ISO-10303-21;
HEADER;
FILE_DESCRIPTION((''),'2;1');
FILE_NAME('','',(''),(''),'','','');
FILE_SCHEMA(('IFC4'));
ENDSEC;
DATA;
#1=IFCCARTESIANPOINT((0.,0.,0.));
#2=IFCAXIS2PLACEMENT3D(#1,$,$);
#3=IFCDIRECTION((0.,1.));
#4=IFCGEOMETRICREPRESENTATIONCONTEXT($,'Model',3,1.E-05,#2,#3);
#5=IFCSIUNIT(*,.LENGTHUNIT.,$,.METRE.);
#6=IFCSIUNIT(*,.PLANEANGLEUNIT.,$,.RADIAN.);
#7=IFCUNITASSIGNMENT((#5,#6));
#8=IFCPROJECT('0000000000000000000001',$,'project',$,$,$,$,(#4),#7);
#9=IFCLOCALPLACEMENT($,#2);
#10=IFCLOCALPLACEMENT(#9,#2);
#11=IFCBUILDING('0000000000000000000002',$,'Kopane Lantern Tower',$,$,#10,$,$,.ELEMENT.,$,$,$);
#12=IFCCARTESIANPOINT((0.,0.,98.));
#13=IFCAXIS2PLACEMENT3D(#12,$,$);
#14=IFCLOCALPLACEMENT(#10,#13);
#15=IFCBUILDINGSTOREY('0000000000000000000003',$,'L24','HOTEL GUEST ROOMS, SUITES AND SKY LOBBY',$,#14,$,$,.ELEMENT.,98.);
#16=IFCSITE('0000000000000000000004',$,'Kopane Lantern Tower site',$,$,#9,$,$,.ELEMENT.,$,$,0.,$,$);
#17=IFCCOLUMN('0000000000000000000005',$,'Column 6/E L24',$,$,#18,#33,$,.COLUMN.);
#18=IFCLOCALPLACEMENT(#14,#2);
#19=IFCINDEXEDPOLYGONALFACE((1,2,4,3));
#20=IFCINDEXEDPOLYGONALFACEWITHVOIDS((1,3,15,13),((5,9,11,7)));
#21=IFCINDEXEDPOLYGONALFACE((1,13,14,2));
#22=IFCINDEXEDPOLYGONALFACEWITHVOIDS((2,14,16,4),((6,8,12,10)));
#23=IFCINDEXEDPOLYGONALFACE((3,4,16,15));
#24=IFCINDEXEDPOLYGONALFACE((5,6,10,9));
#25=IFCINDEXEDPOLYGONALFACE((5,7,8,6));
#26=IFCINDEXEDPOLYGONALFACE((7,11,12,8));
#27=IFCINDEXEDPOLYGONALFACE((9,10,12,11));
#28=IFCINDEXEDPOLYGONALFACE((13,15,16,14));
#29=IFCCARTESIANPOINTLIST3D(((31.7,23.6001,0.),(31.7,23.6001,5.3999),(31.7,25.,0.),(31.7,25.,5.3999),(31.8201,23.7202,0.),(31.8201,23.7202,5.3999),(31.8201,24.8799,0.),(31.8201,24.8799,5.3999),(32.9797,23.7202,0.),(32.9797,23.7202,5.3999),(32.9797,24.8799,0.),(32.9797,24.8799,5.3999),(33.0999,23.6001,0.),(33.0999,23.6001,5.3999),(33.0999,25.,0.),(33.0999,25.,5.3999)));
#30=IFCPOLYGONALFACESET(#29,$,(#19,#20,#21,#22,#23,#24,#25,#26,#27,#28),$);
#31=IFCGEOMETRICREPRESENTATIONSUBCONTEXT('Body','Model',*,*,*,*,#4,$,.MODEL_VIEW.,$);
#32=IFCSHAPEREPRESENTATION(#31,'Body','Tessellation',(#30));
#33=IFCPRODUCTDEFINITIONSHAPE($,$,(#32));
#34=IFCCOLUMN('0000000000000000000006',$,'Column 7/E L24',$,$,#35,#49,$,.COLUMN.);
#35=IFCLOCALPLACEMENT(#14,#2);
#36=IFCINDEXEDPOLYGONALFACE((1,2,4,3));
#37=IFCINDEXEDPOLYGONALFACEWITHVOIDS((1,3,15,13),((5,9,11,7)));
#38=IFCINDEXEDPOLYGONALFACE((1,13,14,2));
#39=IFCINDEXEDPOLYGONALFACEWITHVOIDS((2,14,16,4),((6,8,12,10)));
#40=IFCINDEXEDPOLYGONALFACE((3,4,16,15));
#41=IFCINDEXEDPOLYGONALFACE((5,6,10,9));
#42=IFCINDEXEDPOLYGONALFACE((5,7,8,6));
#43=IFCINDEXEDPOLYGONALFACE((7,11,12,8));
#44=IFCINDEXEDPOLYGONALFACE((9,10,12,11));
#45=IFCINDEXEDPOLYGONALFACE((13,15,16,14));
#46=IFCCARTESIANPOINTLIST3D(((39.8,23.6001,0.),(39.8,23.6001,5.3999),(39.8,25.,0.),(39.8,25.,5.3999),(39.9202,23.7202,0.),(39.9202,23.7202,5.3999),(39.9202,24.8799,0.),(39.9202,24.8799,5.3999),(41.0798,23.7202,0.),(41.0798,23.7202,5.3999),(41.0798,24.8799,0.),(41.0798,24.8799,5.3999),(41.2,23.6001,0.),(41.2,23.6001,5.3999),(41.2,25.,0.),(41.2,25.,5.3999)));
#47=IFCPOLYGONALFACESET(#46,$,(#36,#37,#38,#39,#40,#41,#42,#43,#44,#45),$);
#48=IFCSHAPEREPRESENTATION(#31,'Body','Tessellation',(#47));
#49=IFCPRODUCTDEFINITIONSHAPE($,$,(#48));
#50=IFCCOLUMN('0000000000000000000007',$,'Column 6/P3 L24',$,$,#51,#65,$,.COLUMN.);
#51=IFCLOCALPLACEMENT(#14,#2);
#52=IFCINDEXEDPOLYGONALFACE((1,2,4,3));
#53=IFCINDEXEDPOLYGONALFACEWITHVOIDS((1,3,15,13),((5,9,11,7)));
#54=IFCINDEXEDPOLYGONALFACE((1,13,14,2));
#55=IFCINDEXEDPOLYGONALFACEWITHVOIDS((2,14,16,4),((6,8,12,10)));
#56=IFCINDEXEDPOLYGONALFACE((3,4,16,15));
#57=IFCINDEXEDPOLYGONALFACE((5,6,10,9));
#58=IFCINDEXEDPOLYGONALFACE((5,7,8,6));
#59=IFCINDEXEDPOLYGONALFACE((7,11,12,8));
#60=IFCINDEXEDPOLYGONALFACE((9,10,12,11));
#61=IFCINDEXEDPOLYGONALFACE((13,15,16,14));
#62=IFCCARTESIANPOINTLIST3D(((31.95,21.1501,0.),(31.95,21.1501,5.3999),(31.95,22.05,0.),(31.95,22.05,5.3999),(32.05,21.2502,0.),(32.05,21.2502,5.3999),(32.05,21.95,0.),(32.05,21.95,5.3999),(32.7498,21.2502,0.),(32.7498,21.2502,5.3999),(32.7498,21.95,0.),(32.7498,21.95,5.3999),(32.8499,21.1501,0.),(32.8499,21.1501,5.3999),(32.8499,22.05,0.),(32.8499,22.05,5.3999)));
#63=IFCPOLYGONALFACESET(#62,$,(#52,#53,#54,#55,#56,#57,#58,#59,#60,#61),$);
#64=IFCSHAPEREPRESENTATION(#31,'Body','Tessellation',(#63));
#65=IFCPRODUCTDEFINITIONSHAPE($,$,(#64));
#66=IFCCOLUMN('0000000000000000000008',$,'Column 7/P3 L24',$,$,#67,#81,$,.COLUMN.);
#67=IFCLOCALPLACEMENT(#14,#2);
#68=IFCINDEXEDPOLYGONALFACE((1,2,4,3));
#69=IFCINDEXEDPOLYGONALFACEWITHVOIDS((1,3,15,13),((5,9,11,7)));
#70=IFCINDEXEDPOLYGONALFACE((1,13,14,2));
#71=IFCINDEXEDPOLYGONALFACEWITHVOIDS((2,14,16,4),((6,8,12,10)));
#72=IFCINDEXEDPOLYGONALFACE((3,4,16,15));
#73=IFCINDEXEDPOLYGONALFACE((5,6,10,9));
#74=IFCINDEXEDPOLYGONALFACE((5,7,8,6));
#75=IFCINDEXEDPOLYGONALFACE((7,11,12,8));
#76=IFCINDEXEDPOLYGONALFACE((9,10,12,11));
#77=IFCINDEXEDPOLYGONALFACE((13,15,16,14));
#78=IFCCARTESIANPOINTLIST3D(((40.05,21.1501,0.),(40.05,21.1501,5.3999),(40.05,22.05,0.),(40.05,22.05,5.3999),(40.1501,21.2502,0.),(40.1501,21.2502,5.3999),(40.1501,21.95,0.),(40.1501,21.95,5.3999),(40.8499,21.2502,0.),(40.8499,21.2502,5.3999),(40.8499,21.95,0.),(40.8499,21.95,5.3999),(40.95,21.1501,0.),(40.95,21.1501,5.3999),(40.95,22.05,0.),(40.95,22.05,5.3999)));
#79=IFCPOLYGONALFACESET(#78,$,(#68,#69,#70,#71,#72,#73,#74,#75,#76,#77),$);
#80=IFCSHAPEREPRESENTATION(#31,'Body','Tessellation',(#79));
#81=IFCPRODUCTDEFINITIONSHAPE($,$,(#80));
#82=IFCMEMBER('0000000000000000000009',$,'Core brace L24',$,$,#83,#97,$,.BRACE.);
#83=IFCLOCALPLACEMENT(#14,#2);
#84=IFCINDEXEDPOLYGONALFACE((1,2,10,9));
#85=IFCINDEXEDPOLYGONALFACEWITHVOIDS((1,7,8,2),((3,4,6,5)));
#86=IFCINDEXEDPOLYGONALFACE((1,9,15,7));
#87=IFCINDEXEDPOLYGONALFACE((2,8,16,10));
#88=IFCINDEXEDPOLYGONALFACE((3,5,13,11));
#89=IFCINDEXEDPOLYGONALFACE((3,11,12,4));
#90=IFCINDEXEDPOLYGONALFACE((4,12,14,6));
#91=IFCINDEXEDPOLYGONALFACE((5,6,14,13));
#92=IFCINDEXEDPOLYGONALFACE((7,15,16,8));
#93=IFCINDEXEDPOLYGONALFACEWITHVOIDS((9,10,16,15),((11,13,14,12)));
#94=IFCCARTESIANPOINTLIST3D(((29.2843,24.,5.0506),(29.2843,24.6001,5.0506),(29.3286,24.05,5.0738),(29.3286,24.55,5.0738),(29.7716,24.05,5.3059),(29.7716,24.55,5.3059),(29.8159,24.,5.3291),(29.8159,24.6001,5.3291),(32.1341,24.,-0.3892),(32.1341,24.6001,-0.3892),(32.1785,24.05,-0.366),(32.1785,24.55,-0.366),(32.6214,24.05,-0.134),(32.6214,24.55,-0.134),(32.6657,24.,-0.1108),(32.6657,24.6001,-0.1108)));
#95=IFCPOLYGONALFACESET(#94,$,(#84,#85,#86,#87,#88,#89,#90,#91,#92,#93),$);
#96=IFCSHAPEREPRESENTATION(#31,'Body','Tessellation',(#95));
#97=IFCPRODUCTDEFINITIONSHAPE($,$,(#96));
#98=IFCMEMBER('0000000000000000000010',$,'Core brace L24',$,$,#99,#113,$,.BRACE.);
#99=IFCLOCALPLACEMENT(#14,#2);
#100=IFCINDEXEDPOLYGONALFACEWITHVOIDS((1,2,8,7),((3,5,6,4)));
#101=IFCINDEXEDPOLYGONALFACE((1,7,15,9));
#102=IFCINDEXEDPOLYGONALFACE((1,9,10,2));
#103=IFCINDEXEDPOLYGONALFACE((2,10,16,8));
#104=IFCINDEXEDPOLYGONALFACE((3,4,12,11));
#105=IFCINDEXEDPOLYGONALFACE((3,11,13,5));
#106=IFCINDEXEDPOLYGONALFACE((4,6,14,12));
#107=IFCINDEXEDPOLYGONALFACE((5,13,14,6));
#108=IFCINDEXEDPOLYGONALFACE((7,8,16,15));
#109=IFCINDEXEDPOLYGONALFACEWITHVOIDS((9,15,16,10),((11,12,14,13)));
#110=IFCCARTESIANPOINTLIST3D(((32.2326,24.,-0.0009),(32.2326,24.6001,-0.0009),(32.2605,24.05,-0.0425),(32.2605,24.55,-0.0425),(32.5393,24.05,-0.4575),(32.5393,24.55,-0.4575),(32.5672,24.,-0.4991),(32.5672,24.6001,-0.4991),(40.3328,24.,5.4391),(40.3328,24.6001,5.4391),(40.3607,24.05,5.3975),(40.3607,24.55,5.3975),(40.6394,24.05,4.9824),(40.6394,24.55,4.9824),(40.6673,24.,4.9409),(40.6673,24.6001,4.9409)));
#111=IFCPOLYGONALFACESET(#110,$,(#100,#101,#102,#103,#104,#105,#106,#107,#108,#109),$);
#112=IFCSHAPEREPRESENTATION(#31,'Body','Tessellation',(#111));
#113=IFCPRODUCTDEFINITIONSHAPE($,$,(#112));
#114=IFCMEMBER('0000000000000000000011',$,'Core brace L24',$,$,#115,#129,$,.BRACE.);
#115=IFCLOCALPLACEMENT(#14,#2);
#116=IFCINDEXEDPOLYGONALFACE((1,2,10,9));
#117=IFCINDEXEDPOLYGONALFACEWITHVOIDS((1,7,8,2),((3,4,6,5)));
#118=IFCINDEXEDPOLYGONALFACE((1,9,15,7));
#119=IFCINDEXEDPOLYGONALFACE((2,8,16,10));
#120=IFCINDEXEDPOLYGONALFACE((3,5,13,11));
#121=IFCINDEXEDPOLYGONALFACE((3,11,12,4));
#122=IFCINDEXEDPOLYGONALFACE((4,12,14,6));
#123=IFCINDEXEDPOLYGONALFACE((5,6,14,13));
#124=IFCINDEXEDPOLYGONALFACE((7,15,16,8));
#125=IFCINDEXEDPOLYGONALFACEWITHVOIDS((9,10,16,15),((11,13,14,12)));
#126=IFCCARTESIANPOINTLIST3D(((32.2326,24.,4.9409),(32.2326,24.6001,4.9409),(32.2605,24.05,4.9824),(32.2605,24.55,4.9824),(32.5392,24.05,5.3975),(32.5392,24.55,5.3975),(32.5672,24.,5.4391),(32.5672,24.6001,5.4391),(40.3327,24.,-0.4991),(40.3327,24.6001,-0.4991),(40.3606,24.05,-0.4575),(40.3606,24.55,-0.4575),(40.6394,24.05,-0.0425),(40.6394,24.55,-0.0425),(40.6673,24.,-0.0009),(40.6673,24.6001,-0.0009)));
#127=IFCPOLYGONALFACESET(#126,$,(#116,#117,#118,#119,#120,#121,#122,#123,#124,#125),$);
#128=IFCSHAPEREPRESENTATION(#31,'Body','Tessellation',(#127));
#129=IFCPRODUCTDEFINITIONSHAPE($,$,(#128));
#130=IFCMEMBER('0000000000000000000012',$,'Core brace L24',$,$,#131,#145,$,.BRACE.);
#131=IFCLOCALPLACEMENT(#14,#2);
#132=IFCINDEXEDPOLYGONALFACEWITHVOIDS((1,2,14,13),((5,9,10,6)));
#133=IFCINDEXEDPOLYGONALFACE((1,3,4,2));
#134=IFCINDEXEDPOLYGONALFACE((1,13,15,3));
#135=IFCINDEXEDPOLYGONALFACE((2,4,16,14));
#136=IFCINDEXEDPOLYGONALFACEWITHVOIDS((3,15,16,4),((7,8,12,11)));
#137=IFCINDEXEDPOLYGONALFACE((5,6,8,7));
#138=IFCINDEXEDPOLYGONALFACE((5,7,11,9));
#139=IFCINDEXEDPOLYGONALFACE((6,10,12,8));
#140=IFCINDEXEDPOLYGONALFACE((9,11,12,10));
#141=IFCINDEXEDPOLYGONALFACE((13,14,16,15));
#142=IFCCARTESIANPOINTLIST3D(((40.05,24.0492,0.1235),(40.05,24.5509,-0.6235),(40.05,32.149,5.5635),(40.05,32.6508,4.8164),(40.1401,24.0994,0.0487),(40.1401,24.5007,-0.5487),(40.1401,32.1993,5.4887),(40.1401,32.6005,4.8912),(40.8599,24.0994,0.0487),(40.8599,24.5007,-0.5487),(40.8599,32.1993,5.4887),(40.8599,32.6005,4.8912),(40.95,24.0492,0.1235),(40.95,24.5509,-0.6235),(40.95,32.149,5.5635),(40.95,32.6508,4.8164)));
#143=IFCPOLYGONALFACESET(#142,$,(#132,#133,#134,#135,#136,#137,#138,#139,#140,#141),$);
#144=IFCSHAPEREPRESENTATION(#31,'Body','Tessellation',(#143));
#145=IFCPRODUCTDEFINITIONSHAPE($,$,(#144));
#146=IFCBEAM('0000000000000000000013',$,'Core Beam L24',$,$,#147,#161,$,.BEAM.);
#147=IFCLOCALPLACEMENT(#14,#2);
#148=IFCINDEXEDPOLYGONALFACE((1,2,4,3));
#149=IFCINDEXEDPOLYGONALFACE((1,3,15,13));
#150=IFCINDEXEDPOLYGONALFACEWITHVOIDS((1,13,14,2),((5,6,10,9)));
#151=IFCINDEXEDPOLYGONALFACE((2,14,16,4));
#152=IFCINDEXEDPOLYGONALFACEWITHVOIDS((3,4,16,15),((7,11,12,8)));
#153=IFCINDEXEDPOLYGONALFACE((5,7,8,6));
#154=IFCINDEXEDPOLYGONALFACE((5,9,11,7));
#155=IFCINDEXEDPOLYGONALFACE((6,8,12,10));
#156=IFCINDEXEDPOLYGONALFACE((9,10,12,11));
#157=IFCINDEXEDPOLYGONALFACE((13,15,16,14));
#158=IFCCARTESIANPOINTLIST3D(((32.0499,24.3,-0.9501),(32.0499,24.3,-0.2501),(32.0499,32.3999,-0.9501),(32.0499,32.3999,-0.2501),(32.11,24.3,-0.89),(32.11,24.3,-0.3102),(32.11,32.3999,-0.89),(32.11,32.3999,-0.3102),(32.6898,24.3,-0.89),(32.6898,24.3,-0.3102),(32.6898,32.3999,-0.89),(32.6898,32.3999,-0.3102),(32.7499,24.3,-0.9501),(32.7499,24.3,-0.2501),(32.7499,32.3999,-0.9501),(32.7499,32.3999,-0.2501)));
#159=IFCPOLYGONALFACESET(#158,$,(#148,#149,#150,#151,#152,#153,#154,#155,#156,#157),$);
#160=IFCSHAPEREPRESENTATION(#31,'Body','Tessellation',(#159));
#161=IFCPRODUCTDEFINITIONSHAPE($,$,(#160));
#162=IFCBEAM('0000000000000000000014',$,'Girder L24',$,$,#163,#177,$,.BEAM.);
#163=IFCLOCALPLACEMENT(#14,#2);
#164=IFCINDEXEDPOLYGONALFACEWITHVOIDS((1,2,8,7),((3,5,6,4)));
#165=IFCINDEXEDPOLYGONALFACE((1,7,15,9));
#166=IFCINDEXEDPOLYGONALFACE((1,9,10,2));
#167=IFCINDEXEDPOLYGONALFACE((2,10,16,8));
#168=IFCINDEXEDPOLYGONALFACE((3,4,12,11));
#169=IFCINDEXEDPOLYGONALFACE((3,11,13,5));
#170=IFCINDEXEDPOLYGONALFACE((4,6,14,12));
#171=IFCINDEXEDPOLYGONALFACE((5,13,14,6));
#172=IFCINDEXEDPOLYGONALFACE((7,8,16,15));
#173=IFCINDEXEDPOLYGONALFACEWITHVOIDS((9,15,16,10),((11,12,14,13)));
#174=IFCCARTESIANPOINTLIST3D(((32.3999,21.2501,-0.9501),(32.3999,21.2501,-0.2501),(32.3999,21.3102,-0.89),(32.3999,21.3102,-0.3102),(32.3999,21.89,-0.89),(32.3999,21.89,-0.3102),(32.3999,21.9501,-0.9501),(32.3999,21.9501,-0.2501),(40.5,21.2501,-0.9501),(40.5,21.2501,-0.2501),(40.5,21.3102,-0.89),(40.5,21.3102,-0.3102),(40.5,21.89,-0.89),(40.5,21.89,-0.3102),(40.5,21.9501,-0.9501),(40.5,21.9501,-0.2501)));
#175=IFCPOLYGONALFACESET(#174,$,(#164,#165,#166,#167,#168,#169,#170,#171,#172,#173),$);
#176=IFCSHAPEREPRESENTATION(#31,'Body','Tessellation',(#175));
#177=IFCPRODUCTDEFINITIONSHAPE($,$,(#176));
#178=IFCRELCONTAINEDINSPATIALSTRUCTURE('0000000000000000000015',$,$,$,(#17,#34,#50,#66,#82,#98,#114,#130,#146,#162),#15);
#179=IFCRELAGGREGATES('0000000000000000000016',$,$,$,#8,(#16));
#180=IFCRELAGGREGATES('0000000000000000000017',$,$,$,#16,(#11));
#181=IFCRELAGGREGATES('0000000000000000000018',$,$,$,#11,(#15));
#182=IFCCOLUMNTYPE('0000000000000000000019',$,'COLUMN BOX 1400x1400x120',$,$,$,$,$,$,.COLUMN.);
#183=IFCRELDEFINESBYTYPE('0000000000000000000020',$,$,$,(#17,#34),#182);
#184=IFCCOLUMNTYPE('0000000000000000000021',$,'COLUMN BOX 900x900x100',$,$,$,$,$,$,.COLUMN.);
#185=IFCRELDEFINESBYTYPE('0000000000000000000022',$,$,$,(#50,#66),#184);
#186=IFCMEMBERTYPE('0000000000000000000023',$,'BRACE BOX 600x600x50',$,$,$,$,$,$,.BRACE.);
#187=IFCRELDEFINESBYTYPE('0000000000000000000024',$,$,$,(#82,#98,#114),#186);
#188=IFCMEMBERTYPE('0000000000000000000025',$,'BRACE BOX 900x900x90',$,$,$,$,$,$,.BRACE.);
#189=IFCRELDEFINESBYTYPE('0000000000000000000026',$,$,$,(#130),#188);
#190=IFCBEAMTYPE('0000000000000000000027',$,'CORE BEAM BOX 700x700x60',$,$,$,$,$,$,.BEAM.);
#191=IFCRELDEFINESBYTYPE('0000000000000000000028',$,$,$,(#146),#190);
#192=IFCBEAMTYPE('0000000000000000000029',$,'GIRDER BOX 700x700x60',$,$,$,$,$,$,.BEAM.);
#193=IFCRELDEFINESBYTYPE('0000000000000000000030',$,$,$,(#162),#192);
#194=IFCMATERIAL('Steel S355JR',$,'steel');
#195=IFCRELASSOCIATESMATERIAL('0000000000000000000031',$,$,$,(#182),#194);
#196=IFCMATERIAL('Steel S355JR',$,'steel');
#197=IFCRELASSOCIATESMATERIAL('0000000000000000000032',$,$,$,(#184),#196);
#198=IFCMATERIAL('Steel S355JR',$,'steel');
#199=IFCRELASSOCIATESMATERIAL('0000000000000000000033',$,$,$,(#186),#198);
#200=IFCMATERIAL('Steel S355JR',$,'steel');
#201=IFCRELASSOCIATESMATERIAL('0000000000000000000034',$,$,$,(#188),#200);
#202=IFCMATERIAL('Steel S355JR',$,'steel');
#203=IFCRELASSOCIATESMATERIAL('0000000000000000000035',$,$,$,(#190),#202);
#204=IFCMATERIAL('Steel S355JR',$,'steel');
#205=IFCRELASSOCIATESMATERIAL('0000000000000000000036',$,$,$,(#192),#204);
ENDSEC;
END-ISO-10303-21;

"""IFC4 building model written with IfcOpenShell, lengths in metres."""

from ifc_helpers import new_model, si_unit, direction, frame, origin, origin_2d, place, context, subcontext, project, spatial, hollow_rectangle, extrude, material, material_profile, profile_set, type_object, element, save


model = new_model("IFC4")

# Units and contexts
model_context = context("Model", 3, precision=1e-05, world=origin(), true_north=direction((0.0, 1.0)))
body_context = subcontext(model_context, "Body", "Model", "MODEL_VIEW")
ifc_project = project(units=[si_unit("LENGTHUNIT", "METRE"), si_unit("PLANEANGLEUNIT", "RADIAN")], contexts=[model_context])

# Site, building, storey
site_placement = place(None, origin())
site = spatial("IfcSite", under=ifc_project, at=site_placement, Name="Kopane Lantern Tower site", CompositionType="ELEMENT", RefElevation=0.0)
building_placement = place(site_placement, origin())
building = spatial("IfcBuilding", under=site, at=building_placement, Name="Kopane Lantern Tower", CompositionType="ELEMENT")
storey_placement = place(building_placement, frame((0.0, 0.0, 98.0)))
storey = spatial("IfcBuildingStorey", under=building, at=storey_placement, Name="L24", Description="HOTEL GUEST ROOMS, SUITES AND SKY LOBBY", CompositionType="ELEMENT", Elevation=98.0)

# Columns
ifc_material_1 = material(Name="Steel S355JR", Category="steel")
ifc_material_profile_1 = material_profile(ifc_material_1, hollow_rectangle(XDim=1.3999, YDim=1.3999, WallThickness=0.1201, at=origin_2d()), Name="BOX 1400x1400x120")
ifc_profile_set_1 = profile_set([ifc_material_profile_1], Name="Steel S355JR")
column_type_1 = type_object("IfcColumnType", Name="COLUMN BOX 1400x1400x120", PredefinedType="COLUMN", material=ifc_profile_set_1)
for number, where, z_axis, x_axis, name in (
    (1, (32.3999, 24.3, 0.0), (0.0, 0.0, 1.0), (1.0, 0.0, 0.0), "Column 6/E L24"),
    (2, (40.5, 24.3, 0.0), (0.0, 0.0, 1.0), (1.0, 0.0, 0.0), "Column 7/E L24"),
):
    element("IfcColumn", number, at=place(storey_placement, frame(where, z_axis=z_axis, x_axis=x_axis)), inside=storey, type_object=column_type_1, Name=name, PredefinedType="COLUMN", context=body_context, shape_type="SweptSolid", body=[
        extrude(hollow_rectangle(XDim=1.3999, YDim=1.3999, WallThickness=0.1201, at=origin_2d()), origin(), (0.0, 0.0, 1.0), 5.3999),
    ])
ifc_material_2 = material(Name="Steel S355JR", Category="steel")
ifc_material_profile_2 = material_profile(ifc_material_2, hollow_rectangle(XDim=0.8999, YDim=0.8999, WallThickness=0.1001, at=origin_2d()), Name="BOX 900x900x100")
ifc_profile_set_2 = profile_set([ifc_material_profile_2], Name="Steel S355JR")
column_type_2 = type_object("IfcColumnType", Name="COLUMN BOX 900x900x100", PredefinedType="COLUMN", material=ifc_profile_set_2)
for number, where, z_axis, x_axis, name in (
    (3, (32.3999, 21.6001, 0.0), (0.0, 0.0, 1.0), (1.0, 0.0, 0.0), "Column 6/P3 L24"),
    (4, (40.5, 21.6001, 0.0), (0.0, 0.0, 1.0), (1.0, 0.0, 0.0), "Column 7/P3 L24"),
):
    element("IfcColumn", number, at=place(storey_placement, frame(where, z_axis=z_axis, x_axis=x_axis)), inside=storey, type_object=column_type_2, Name=name, PredefinedType="COLUMN", context=body_context, shape_type="SweptSolid", body=[
        extrude(hollow_rectangle(XDim=0.8999, YDim=0.8999, WallThickness=0.1001, at=origin_2d()), origin(), (0.0, 0.0, 1.0), 5.3999),
    ])

# Members
ifc_material_3 = material(Name="Steel S355JR", Category="steel")
ifc_material_profile_3 = material_profile(ifc_material_3, hollow_rectangle(XDim=0.6001, YDim=0.6001, WallThickness=0.05, at=origin_2d()), Name="BOX 600x600x50")
ifc_profile_set_3 = profile_set([ifc_material_profile_3], Name="Steel S355JR")
member_type_1 = type_object("IfcMemberType", Name="BRACE BOX 600x600x50", PredefinedType="BRACE", material=ifc_profile_set_3)
member_1_placement = place(storey_placement, frame((32.3999, 24.3, -0.25), z_axis=(-0.464053, 0.0, 0.885807), x_axis=(0.0, -1.0, 0.0)))
element("IfcMember", 5, at=member_1_placement, inside=storey, type_object=member_type_1, Name="Core brace L24", PredefinedType="BRACE", context=body_context, shape_type="SweptSolid", body=[
    extrude(hollow_rectangle(XDim=0.6001, YDim=0.6001, WallThickness=0.05, at=origin_2d()), origin(), (0.0, 0.0, 1.0), 6.1411),
])
for number, where, z_axis, x_axis, name in (
    (6, (32.3999, 24.3, -0.25), (0.830159, 0.0, 0.557526), (0.0, 1.0, 0.0), "Core brace L24"),
    (7, (40.5, 24.3, -0.25), (-0.830159, 0.0, 0.557526), (0.0, -1.0, 0.0), "Core brace L24"),
):
    element("IfcMember", number, at=place(storey_placement, frame(where, z_axis=z_axis, x_axis=x_axis)), inside=storey, type_object=member_type_1, Name=name, PredefinedType="BRACE", context=body_context, shape_type="SweptSolid", body=[
        extrude(hollow_rectangle(XDim=0.6001, YDim=0.6001, WallThickness=0.05, at=origin_2d()), origin(), (0.0, 0.0, 1.0), 9.7573),
    ])
ifc_material_4 = material(Name="Steel S355JR", Category="steel")
ifc_material_profile_4 = material_profile(ifc_material_4, hollow_rectangle(XDim=0.8999, YDim=0.8999, WallThickness=0.0901, at=origin_2d()), Name="BOX 900x900x90")
ifc_profile_set_4 = profile_set([ifc_material_profile_4], Name="Steel S355JR")
member_type_2 = type_object("IfcMemberType", Name="BRACE BOX 900x900x90", PredefinedType="BRACE", material=ifc_profile_set_4)
member_2_placement = place(storey_placement, frame((40.5, 24.3, -0.25), z_axis=(0.0, 0.830151, 0.557538), x_axis=(-1.0, 0.0, 0.0)))
element("IfcMember", 8, at=member_2_placement, inside=storey, type_object=member_type_2, Name="Core brace L24", PredefinedType="BRACE", context=body_context, shape_type="SweptSolid", body=[
    extrude(hollow_rectangle(XDim=0.8999, YDim=0.8999, WallThickness=0.0901, at=origin_2d()), origin(), (0.0, 0.0, 1.0), 9.7571),
])

# Beams
ifc_material_5 = material(Name="Steel S355JR", Category="steel")
ifc_material_profile_5 = material_profile(ifc_material_5, hollow_rectangle(XDim=0.7, YDim=0.7, WallThickness=0.0601, at=origin_2d()), Name="BOX 700x700x60")
ifc_profile_set_5 = profile_set([ifc_material_profile_5], Name="Steel S355JR")
beam_type_1 = type_object("IfcBeamType", Name="CORE BEAM BOX 700x700x60", PredefinedType="BEAM", material=ifc_profile_set_5)
beam_1_placement = place(storey_placement, frame((32.3999, 24.3, -0.6001), z_axis=(0.0, 1.0, 0.0), x_axis=(-1.0, 0.0, 0.0)))
element("IfcBeam", 9, at=beam_1_placement, inside=storey, type_object=beam_type_1, Name="Core Beam L24", PredefinedType="BEAM", context=body_context, shape_type="SweptSolid", body=[
    extrude(hollow_rectangle(XDim=0.7, YDim=0.7, WallThickness=0.0601, at=origin_2d()), origin(), (0.0, 0.0, 1.0), 8.0999),
])
ifc_material_6 = material(Name="Steel S355JR", Category="steel")
ifc_material_profile_6 = material_profile(ifc_material_6, hollow_rectangle(XDim=0.7, YDim=0.7, WallThickness=0.0601, at=origin_2d()), Name="BOX 700x700x60")
ifc_profile_set_6 = profile_set([ifc_material_profile_6], Name="Steel S355JR")
beam_type_2 = type_object("IfcBeamType", Name="GIRDER BOX 700x700x60", PredefinedType="BEAM", material=ifc_profile_set_6)
for number, where, z_axis, x_axis, name in (
    (10, (32.3999, 21.6001, -0.6001), (1.0, 0.0, 0.0), (0.0, 1.0, 0.0), "Girder L24"),
):
    element("IfcBeam", number, at=place(storey_placement, frame(where, z_axis=z_axis, x_axis=x_axis)), inside=storey, type_object=beam_type_2, Name=name, PredefinedType="BEAM", context=body_context, shape_type="SweptSolid", body=[
        extrude(hollow_rectangle(XDim=0.7, YDim=0.7, WallThickness=0.0601, at=origin_2d()), origin(), (0.0, 0.0, 1.0), 8.1001),
    ])

save(model, "model.ifc")
